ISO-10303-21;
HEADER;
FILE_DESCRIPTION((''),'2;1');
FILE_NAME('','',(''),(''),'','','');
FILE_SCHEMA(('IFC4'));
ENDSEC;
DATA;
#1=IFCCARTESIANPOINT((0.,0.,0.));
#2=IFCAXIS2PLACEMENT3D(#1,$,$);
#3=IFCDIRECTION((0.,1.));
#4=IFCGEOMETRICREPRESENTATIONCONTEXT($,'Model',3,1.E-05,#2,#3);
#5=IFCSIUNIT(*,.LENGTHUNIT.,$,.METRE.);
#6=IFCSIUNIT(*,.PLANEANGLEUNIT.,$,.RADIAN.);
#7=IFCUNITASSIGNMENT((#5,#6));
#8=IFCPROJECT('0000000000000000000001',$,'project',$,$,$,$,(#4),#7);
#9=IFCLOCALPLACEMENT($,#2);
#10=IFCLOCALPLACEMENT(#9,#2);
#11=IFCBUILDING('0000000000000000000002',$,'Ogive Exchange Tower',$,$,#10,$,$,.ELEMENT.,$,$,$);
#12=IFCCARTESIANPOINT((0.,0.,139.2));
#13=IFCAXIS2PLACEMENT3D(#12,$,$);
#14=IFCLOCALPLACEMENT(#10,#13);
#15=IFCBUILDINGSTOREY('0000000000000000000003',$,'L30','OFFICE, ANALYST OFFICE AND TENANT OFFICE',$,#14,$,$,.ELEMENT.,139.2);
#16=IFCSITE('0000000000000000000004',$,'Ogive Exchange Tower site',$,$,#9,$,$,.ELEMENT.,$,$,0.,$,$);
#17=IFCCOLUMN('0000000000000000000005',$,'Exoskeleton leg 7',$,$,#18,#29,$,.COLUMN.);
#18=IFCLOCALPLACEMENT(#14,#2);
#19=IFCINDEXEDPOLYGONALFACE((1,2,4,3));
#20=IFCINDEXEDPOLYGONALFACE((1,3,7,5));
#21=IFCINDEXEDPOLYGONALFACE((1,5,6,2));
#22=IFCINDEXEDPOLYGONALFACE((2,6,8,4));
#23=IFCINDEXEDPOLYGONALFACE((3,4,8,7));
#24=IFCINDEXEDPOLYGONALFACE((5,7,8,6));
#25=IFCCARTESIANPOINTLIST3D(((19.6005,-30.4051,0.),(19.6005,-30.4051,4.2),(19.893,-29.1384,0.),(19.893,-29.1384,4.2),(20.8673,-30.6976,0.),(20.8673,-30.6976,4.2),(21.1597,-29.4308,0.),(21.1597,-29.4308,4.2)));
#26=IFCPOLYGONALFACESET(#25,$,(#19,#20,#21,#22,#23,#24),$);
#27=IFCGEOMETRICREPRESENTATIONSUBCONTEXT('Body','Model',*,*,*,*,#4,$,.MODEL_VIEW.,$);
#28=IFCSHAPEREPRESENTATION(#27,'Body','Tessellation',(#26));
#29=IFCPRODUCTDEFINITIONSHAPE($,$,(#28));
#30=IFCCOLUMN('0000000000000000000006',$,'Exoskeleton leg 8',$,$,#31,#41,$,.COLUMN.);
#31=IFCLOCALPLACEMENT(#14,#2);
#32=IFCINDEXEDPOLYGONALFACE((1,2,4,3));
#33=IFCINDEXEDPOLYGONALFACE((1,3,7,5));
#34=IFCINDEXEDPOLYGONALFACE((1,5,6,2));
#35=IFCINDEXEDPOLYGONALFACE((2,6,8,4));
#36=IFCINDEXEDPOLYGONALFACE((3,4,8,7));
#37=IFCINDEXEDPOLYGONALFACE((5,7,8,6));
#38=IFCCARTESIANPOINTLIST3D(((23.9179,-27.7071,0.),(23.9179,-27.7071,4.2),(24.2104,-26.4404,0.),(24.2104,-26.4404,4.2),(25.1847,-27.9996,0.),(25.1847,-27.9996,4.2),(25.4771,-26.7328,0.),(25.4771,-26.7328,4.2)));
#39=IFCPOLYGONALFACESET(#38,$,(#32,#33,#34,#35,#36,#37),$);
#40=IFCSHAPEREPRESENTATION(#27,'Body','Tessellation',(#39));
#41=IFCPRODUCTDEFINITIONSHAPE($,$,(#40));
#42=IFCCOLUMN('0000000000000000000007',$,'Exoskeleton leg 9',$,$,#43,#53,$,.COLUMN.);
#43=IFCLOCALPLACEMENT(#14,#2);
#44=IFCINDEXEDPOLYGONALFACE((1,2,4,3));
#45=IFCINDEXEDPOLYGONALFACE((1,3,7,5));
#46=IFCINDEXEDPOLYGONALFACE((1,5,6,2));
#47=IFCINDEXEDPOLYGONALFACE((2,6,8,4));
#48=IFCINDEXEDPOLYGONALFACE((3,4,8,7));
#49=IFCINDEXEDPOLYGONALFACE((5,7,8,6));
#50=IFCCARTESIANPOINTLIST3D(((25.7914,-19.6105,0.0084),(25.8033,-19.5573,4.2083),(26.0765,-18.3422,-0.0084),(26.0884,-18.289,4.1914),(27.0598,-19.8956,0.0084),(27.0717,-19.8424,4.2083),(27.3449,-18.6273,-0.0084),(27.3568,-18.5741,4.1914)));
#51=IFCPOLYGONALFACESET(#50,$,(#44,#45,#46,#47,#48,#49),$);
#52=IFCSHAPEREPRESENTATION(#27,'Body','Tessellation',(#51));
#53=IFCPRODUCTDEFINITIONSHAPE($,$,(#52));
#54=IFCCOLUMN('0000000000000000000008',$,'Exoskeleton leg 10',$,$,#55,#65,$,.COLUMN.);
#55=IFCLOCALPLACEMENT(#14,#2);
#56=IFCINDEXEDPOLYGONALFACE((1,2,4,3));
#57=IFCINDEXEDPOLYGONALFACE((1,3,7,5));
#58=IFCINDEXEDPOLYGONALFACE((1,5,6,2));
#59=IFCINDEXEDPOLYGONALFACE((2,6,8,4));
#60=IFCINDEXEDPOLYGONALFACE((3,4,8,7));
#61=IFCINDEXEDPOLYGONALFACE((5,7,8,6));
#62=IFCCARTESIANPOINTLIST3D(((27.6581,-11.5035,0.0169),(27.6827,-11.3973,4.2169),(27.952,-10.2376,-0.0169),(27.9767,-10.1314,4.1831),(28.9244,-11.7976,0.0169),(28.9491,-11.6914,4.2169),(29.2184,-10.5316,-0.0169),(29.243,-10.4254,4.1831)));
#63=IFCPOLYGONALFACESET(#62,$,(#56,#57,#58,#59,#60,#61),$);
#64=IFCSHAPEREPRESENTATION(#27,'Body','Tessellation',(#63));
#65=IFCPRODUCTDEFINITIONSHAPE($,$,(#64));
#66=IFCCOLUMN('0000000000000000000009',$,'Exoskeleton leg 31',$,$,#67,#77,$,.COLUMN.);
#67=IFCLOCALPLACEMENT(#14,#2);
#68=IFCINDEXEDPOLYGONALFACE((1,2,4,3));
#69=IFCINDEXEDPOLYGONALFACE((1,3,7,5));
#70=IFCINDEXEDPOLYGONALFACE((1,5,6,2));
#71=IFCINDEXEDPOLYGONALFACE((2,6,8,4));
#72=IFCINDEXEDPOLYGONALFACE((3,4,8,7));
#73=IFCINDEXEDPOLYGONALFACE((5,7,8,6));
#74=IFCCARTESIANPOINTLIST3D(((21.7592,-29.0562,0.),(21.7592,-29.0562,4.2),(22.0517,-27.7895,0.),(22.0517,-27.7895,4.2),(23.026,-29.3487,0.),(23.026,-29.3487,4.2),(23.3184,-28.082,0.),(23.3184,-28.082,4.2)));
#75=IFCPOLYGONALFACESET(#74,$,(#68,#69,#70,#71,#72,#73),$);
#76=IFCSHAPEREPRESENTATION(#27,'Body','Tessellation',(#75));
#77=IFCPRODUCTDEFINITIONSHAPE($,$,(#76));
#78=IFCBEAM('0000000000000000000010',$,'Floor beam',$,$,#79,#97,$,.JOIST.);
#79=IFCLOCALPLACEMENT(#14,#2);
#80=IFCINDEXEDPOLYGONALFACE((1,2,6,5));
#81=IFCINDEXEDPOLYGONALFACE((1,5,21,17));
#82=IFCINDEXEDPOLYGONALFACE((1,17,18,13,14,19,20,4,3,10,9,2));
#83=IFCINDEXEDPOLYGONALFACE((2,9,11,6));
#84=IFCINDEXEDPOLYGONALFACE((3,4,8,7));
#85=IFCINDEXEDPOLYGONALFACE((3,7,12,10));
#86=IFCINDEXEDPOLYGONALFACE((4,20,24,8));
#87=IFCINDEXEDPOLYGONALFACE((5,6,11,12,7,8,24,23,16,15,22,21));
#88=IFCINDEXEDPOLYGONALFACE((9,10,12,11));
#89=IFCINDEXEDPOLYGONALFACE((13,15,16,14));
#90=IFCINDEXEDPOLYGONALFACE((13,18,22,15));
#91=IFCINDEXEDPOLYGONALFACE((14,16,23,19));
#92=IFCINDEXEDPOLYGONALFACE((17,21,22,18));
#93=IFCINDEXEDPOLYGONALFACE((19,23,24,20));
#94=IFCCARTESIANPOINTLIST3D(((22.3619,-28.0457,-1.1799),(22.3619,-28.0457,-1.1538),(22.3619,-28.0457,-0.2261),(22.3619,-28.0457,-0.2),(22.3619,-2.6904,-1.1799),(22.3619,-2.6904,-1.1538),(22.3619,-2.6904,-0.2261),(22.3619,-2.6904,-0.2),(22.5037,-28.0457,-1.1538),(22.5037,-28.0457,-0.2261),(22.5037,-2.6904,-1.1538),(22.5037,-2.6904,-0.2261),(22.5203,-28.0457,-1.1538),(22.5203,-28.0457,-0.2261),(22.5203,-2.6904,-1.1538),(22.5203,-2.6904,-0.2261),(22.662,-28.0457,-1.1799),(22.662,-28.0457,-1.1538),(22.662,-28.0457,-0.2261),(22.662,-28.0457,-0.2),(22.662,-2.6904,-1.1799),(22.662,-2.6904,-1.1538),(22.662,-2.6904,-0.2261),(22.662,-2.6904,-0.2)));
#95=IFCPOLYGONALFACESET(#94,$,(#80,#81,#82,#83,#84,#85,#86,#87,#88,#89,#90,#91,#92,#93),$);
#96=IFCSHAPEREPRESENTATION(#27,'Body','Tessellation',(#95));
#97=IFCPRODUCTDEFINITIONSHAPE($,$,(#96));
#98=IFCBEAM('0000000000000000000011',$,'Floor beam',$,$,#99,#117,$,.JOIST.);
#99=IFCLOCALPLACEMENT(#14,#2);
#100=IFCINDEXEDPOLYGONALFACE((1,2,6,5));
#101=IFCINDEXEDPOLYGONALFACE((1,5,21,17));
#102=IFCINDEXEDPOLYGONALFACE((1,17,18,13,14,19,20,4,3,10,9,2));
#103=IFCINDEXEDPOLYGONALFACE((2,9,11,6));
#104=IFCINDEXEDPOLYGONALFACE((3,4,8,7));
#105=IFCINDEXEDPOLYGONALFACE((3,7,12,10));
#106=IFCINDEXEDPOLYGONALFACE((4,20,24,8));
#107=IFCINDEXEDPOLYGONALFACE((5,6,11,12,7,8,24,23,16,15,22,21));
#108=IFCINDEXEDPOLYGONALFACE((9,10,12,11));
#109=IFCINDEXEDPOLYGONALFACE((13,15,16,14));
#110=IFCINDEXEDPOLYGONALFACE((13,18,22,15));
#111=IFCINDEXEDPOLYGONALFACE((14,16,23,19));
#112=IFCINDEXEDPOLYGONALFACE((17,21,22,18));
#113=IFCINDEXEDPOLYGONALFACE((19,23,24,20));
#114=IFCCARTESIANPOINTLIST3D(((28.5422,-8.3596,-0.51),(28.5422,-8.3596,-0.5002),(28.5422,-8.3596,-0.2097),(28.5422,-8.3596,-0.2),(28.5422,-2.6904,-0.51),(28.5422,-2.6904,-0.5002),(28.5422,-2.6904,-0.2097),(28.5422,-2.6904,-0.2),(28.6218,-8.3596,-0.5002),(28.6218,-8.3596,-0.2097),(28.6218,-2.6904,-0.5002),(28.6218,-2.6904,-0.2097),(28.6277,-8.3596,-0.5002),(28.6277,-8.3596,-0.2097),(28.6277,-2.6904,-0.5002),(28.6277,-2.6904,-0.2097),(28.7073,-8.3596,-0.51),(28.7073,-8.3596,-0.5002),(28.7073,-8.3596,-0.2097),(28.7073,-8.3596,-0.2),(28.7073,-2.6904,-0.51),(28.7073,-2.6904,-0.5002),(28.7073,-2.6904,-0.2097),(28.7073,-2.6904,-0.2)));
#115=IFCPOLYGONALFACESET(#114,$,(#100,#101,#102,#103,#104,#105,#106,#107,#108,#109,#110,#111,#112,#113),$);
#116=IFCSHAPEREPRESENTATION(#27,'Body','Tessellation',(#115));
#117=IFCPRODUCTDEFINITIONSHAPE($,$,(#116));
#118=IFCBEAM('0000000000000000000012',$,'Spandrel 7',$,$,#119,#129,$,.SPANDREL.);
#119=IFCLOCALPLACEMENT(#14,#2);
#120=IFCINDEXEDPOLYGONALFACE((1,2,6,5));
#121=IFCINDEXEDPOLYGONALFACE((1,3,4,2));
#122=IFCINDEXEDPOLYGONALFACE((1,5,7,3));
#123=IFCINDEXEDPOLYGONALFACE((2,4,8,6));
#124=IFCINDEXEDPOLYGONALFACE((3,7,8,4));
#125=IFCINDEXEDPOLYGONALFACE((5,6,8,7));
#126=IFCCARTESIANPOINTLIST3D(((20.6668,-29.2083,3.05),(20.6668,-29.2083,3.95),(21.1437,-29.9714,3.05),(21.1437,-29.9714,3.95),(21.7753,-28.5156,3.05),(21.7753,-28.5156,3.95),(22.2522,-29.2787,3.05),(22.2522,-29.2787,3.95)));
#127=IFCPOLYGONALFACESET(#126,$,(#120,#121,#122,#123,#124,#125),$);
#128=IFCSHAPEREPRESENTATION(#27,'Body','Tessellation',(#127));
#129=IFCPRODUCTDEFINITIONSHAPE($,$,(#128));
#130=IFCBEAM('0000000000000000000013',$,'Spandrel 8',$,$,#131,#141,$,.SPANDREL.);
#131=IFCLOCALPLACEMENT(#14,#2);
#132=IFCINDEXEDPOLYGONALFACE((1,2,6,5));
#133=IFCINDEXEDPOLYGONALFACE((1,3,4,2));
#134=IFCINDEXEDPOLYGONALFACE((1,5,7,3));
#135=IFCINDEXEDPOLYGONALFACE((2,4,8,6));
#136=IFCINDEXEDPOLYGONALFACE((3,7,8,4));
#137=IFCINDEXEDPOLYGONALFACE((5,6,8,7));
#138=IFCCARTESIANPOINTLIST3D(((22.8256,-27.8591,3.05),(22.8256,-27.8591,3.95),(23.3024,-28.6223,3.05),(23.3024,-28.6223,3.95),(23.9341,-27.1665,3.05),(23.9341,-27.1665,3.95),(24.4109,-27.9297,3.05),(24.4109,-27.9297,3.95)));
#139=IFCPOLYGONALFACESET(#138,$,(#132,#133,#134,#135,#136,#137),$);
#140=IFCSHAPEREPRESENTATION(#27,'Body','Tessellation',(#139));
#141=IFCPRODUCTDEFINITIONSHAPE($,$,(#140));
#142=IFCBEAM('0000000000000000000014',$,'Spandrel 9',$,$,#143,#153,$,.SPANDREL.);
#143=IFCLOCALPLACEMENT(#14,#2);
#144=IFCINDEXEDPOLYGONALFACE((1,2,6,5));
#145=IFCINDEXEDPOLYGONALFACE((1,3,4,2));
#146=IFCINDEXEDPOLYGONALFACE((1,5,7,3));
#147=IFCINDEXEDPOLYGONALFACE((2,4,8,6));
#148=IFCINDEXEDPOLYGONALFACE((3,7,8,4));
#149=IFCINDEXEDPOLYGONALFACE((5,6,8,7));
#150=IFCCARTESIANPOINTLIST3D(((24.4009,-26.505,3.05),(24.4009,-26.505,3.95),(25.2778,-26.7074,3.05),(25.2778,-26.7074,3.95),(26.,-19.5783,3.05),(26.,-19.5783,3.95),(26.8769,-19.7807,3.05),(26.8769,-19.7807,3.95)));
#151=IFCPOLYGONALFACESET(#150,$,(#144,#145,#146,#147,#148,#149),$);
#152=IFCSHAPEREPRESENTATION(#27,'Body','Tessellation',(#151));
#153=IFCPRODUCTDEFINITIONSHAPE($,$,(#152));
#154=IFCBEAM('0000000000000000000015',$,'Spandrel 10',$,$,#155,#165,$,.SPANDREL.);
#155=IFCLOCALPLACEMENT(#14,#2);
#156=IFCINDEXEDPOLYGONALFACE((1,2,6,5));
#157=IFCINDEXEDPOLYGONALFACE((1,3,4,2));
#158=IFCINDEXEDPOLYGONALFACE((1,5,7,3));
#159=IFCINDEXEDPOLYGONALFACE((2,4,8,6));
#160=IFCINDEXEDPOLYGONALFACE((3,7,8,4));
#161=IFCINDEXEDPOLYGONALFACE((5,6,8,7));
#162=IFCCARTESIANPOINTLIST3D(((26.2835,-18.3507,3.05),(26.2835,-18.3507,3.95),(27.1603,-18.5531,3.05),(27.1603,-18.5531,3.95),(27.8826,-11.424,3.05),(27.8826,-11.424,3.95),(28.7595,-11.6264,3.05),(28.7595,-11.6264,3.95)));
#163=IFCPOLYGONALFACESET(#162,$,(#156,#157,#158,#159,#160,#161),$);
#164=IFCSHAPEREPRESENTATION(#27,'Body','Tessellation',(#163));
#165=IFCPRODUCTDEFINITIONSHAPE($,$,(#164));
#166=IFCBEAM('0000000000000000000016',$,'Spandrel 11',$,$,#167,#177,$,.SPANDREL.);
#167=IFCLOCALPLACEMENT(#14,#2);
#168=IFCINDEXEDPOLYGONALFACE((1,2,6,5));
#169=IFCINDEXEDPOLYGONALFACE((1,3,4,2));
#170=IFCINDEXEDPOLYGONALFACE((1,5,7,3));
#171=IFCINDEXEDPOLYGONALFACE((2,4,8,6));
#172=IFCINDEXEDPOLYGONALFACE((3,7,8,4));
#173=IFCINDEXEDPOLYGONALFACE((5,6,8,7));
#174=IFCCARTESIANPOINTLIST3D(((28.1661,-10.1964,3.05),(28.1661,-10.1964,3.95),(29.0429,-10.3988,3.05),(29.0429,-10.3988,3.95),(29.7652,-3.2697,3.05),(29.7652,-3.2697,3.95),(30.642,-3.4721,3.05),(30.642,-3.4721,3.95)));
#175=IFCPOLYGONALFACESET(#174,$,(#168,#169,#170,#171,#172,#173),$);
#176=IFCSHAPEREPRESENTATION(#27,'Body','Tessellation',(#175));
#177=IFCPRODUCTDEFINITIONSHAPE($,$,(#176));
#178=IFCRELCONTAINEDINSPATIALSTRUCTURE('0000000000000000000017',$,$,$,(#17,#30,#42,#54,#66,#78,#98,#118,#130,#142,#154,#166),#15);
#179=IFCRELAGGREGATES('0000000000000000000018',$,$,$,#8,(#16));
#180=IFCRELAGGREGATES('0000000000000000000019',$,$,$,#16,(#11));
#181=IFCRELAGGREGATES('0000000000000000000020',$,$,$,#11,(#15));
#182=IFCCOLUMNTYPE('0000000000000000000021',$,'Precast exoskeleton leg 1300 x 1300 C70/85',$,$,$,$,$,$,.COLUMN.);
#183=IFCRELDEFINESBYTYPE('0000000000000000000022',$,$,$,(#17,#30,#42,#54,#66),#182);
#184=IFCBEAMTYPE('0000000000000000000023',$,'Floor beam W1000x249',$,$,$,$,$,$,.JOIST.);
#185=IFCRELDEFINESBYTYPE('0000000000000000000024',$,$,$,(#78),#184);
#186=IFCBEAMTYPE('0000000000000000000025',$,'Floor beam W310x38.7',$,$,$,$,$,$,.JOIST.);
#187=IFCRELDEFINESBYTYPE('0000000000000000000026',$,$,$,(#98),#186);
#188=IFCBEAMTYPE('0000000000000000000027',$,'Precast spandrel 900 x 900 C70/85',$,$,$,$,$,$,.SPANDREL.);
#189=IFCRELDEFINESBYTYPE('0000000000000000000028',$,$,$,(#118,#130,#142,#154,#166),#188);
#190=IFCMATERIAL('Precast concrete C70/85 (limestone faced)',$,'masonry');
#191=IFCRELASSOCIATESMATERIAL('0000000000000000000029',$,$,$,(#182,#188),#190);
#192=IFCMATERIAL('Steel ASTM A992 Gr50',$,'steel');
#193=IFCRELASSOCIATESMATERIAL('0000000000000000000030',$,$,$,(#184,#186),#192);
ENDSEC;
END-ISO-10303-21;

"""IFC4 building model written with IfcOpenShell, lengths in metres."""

from ifc_helpers import new_model, si_unit, direction, frame, origin, origin_2d, place, context, subcontext, project, spatial, rectangle, i_section, extrude, material, material_profile, profile_set, type_object, element, save


model = new_model("IFC4")

# Units and contexts
model_context = context("Model", 3, precision=1e-05, world=origin(), true_north=direction((0.0, 1.0)))
body_context = subcontext(model_context, "Body", "Model", "MODEL_VIEW")
ifc_project = project(units=[si_unit("LENGTHUNIT", "METRE"), si_unit("PLANEANGLEUNIT", "RADIAN")], contexts=[model_context])

# Site, building, storey
site_placement = place(None, origin())
site = spatial("IfcSite", under=ifc_project, at=site_placement, Name="Ogive Exchange Tower site", CompositionType="ELEMENT", RefElevation=0.0)
building_placement = place(site_placement, origin())
building = spatial("IfcBuilding", under=site, at=building_placement, Name="Ogive Exchange Tower", CompositionType="ELEMENT")
storey_placement = place(building_placement, frame((0.0, 0.0, 139.2)))
storey = spatial("IfcBuildingStorey", under=building, at=storey_placement, Name="L30", Description="OFFICE, ANALYST OFFICE AND TENANT OFFICE", CompositionType="ELEMENT", Elevation=139.2)

# Columns
ifc_material_1 = material(Name="Precast concrete C70/85 (limestone faced)", Category="masonry")
ifc_material_profile_1 = material_profile(ifc_material_1, rectangle(XDim=1.3, YDim=1.3, at=origin_2d()), Name="1300 x 1300")
ifc_profile_set_1 = profile_set([ifc_material_profile_1], Name="Precast concrete C70/85 (limestone faced)")
column_type = type_object("IfcColumnType", Name="Precast exoskeleton leg 1300 x 1300 C70/85", PredefinedType="COLUMN", material=ifc_profile_set_1)
for number, where, z_axis, x_axis, name in (
    (1, (20.3801, -29.918, 0.0), (0.0, 0.0, 1.0), (0.97437, -0.224951, 0.0), "Exoskeleton leg 7"),
    (2, (24.6975, -27.22, 0.0), (0.0, 0.0, 1.0), (0.97437, -0.224951, 0.0), "Exoskeleton leg 8"),
):
    element("IfcColumn", number, at=place(storey_placement, frame(where, z_axis=z_axis, x_axis=x_axis)), inside=storey, type_object=column_type, Name=name, PredefinedType="COLUMN", context=body_context, shape_type="SweptSolid", body=[
        extrude(rectangle(XDim=1.3, YDim=1.3, at=origin_2d()), origin(), (0.0, 0.0, 1.0), 4.2),
    ])
column_1_placement = place(storey_placement, frame((26.5681, -19.1189, 0.0), z_axis=(0.002848, 0.012671, 0.999916), x_axis=(-0.975658, 0.219299, 0.0)))
element("IfcColumn", 3, at=column_1_placement, inside=storey, type_object=column_type, Name="Exoskeleton leg 9", PredefinedType="COLUMN", context=body_context, shape_type="SweptSolid", body=[
    extrude(rectangle(XDim=1.3, YDim=1.3, at=origin_2d()), origin(), (0.0, 0.0, 1.0), 4.2002),
])
column_2_placement = place(storey_placement, frame((28.4382, -11.0176, 0.0), z_axis=(0.005869, 0.025278, 0.999663), x_axis=(-0.974088, 0.226168, 0.0)))
element("IfcColumn", 4, at=column_2_placement, inside=storey, type_object=column_type, Name="Exoskeleton leg 10", PredefinedType="COLUMN", context=body_context, shape_type="SweptSolid", body=[
    extrude(rectangle(XDim=1.3, YDim=1.3, at=origin_2d()), origin(), (0.0, 0.0, 1.0), 4.2014),
])
column_3_placement = place(storey_placement, frame((22.5388, -28.5691, 0.0), z_axis=(0.0, 0.0, 1.0), x_axis=(0.97437, -0.224951, 0.0)))
element("IfcColumn", 5, at=column_3_placement, inside=storey, type_object=column_type, Name="Exoskeleton leg 31", PredefinedType="COLUMN", context=body_context, shape_type="SweptSolid", body=[
    extrude(rectangle(XDim=1.3, YDim=1.3, at=origin_2d()), origin(), (0.0, 0.0, 1.0), 4.2),
])

# Beams
ifc_material_2 = material(Name="Steel ASTM A992 Gr50", Category="steel")
ifc_material_profile_2 = material_profile(ifc_material_2, i_section(OverallWidth=0.3, OverallDepth=0.98, WebThickness=0.0166, FlangeThickness=0.0261, at=origin_2d()), Name="W1000x249")
ifc_profile_set_2 = profile_set([ifc_material_profile_2], Name="Steel ASTM A992 Gr50")
beam_type_1 = type_object("IfcBeamType", Name="Floor beam W1000x249", PredefinedType="JOIST", material=ifc_profile_set_2)
beam_1_placement = place(storey_placement, frame((22.512, -28.0457, -0.6899), z_axis=(0.0, 1.0, 0.0), x_axis=(-1.0, 0.0, 0.0)))
element("IfcBeam", 6, at=beam_1_placement, inside=storey, type_object=beam_type_1, Name="Floor beam", PredefinedType="JOIST", context=body_context, shape_type="SweptSolid", body=[
    extrude(i_section(OverallWidth=0.3, OverallDepth=0.98, WebThickness=0.0166, FlangeThickness=0.0261, at=origin_2d()), origin(), (0.0, 0.0, 1.0), 25.3552),
])
ifc_material_profile_3 = material_profile(ifc_material_2, i_section(OverallWidth=0.165, OverallDepth=0.3101, WebThickness=0.0059, FlangeThickness=0.0098, at=origin_2d()), Name="W310x38.7")
ifc_profile_set_3 = profile_set([ifc_material_profile_3], Name="Steel ASTM A992 Gr50")
beam_type_2 = type_object("IfcBeamType", Name="Floor beam W310x38.7", PredefinedType="JOIST", material=ifc_profile_set_3)
beam_2_placement = place(storey_placement, frame((28.6248, -8.3596, -0.355), z_axis=(0.0, 1.0, 0.0), x_axis=(-1.0, 0.0, 0.0)))
element("IfcBeam", 7, at=beam_2_placement, inside=storey, type_object=beam_type_2, Name="Floor beam", PredefinedType="JOIST", context=body_context, shape_type="SweptSolid", body=[
    extrude(i_section(OverallWidth=0.165, OverallDepth=0.3101, WebThickness=0.0059, FlangeThickness=0.0098, at=origin_2d()), origin(), (0.0, 0.0, 1.0), 5.6692),
])
ifc_material_profile_4 = material_profile(ifc_material_1, rectangle(XDim=0.8999, YDim=0.8999, at=origin_2d()), Name="900 x 900")
ifc_profile_set_4 = profile_set([ifc_material_profile_4], Name="Precast concrete C70/85 (limestone faced)")
beam_type_3 = type_object("IfcBeamType", Name="Precast spandrel 900 x 900 C70/85", PredefinedType="SPANDREL", material=ifc_profile_set_4)
for number, where, z_axis, x_axis, name in (
    (8, (20.9053, -29.5898, 3.5), (0.84804, 0.529932, 0.0), (-0.529932, 0.84804, 0.0), "Spandrel 7"),
    (9, (23.064, -28.2407, 3.5), (0.848093, 0.529848, 0.0), (-0.529848, 0.848093, 0.0), "Spandrel 8"),
):
    element("IfcBeam", number, at=place(storey_placement, frame(where, z_axis=z_axis, x_axis=x_axis)), inside=storey, type_object=beam_type_3, Name=name, PredefinedType="SPANDREL", context=body_context, shape_type="SweptSolid", body=[
        extrude(rectangle(XDim=0.8999, YDim=0.8999, at=origin_2d()), origin(), (0.0, 0.0, 1.0), 1.3071),
    ])
for number, where, z_axis, x_axis, name in (
    (10, (24.8394, -26.6062, 3.5), (0.224945, 0.974372, 0.0), (-0.974372, 0.224945, 0.0), "Spandrel 9"),
    (11, (26.7219, -18.4519, 3.5), (0.224945, 0.974372, 0.0), (-0.974372, 0.224945, 0.0), "Spandrel 10"),
    (12, (28.6045, -10.2976, 3.5), (0.224945, 0.974372, 0.0), (-0.974372, 0.224945, 0.0), "Spandrel 11"),
):
    element("IfcBeam", number, at=place(storey_placement, frame(where, z_axis=z_axis, x_axis=x_axis)), inside=storey, type_object=beam_type_3, Name=name, PredefinedType="SPANDREL", context=body_context, shape_type="SweptSolid", body=[
        extrude(rectangle(XDim=0.8999, YDim=0.8999, at=origin_2d()), origin(), (0.0, 0.0, 1.0), 7.1089),
    ])

save(model, "model.ifc")
